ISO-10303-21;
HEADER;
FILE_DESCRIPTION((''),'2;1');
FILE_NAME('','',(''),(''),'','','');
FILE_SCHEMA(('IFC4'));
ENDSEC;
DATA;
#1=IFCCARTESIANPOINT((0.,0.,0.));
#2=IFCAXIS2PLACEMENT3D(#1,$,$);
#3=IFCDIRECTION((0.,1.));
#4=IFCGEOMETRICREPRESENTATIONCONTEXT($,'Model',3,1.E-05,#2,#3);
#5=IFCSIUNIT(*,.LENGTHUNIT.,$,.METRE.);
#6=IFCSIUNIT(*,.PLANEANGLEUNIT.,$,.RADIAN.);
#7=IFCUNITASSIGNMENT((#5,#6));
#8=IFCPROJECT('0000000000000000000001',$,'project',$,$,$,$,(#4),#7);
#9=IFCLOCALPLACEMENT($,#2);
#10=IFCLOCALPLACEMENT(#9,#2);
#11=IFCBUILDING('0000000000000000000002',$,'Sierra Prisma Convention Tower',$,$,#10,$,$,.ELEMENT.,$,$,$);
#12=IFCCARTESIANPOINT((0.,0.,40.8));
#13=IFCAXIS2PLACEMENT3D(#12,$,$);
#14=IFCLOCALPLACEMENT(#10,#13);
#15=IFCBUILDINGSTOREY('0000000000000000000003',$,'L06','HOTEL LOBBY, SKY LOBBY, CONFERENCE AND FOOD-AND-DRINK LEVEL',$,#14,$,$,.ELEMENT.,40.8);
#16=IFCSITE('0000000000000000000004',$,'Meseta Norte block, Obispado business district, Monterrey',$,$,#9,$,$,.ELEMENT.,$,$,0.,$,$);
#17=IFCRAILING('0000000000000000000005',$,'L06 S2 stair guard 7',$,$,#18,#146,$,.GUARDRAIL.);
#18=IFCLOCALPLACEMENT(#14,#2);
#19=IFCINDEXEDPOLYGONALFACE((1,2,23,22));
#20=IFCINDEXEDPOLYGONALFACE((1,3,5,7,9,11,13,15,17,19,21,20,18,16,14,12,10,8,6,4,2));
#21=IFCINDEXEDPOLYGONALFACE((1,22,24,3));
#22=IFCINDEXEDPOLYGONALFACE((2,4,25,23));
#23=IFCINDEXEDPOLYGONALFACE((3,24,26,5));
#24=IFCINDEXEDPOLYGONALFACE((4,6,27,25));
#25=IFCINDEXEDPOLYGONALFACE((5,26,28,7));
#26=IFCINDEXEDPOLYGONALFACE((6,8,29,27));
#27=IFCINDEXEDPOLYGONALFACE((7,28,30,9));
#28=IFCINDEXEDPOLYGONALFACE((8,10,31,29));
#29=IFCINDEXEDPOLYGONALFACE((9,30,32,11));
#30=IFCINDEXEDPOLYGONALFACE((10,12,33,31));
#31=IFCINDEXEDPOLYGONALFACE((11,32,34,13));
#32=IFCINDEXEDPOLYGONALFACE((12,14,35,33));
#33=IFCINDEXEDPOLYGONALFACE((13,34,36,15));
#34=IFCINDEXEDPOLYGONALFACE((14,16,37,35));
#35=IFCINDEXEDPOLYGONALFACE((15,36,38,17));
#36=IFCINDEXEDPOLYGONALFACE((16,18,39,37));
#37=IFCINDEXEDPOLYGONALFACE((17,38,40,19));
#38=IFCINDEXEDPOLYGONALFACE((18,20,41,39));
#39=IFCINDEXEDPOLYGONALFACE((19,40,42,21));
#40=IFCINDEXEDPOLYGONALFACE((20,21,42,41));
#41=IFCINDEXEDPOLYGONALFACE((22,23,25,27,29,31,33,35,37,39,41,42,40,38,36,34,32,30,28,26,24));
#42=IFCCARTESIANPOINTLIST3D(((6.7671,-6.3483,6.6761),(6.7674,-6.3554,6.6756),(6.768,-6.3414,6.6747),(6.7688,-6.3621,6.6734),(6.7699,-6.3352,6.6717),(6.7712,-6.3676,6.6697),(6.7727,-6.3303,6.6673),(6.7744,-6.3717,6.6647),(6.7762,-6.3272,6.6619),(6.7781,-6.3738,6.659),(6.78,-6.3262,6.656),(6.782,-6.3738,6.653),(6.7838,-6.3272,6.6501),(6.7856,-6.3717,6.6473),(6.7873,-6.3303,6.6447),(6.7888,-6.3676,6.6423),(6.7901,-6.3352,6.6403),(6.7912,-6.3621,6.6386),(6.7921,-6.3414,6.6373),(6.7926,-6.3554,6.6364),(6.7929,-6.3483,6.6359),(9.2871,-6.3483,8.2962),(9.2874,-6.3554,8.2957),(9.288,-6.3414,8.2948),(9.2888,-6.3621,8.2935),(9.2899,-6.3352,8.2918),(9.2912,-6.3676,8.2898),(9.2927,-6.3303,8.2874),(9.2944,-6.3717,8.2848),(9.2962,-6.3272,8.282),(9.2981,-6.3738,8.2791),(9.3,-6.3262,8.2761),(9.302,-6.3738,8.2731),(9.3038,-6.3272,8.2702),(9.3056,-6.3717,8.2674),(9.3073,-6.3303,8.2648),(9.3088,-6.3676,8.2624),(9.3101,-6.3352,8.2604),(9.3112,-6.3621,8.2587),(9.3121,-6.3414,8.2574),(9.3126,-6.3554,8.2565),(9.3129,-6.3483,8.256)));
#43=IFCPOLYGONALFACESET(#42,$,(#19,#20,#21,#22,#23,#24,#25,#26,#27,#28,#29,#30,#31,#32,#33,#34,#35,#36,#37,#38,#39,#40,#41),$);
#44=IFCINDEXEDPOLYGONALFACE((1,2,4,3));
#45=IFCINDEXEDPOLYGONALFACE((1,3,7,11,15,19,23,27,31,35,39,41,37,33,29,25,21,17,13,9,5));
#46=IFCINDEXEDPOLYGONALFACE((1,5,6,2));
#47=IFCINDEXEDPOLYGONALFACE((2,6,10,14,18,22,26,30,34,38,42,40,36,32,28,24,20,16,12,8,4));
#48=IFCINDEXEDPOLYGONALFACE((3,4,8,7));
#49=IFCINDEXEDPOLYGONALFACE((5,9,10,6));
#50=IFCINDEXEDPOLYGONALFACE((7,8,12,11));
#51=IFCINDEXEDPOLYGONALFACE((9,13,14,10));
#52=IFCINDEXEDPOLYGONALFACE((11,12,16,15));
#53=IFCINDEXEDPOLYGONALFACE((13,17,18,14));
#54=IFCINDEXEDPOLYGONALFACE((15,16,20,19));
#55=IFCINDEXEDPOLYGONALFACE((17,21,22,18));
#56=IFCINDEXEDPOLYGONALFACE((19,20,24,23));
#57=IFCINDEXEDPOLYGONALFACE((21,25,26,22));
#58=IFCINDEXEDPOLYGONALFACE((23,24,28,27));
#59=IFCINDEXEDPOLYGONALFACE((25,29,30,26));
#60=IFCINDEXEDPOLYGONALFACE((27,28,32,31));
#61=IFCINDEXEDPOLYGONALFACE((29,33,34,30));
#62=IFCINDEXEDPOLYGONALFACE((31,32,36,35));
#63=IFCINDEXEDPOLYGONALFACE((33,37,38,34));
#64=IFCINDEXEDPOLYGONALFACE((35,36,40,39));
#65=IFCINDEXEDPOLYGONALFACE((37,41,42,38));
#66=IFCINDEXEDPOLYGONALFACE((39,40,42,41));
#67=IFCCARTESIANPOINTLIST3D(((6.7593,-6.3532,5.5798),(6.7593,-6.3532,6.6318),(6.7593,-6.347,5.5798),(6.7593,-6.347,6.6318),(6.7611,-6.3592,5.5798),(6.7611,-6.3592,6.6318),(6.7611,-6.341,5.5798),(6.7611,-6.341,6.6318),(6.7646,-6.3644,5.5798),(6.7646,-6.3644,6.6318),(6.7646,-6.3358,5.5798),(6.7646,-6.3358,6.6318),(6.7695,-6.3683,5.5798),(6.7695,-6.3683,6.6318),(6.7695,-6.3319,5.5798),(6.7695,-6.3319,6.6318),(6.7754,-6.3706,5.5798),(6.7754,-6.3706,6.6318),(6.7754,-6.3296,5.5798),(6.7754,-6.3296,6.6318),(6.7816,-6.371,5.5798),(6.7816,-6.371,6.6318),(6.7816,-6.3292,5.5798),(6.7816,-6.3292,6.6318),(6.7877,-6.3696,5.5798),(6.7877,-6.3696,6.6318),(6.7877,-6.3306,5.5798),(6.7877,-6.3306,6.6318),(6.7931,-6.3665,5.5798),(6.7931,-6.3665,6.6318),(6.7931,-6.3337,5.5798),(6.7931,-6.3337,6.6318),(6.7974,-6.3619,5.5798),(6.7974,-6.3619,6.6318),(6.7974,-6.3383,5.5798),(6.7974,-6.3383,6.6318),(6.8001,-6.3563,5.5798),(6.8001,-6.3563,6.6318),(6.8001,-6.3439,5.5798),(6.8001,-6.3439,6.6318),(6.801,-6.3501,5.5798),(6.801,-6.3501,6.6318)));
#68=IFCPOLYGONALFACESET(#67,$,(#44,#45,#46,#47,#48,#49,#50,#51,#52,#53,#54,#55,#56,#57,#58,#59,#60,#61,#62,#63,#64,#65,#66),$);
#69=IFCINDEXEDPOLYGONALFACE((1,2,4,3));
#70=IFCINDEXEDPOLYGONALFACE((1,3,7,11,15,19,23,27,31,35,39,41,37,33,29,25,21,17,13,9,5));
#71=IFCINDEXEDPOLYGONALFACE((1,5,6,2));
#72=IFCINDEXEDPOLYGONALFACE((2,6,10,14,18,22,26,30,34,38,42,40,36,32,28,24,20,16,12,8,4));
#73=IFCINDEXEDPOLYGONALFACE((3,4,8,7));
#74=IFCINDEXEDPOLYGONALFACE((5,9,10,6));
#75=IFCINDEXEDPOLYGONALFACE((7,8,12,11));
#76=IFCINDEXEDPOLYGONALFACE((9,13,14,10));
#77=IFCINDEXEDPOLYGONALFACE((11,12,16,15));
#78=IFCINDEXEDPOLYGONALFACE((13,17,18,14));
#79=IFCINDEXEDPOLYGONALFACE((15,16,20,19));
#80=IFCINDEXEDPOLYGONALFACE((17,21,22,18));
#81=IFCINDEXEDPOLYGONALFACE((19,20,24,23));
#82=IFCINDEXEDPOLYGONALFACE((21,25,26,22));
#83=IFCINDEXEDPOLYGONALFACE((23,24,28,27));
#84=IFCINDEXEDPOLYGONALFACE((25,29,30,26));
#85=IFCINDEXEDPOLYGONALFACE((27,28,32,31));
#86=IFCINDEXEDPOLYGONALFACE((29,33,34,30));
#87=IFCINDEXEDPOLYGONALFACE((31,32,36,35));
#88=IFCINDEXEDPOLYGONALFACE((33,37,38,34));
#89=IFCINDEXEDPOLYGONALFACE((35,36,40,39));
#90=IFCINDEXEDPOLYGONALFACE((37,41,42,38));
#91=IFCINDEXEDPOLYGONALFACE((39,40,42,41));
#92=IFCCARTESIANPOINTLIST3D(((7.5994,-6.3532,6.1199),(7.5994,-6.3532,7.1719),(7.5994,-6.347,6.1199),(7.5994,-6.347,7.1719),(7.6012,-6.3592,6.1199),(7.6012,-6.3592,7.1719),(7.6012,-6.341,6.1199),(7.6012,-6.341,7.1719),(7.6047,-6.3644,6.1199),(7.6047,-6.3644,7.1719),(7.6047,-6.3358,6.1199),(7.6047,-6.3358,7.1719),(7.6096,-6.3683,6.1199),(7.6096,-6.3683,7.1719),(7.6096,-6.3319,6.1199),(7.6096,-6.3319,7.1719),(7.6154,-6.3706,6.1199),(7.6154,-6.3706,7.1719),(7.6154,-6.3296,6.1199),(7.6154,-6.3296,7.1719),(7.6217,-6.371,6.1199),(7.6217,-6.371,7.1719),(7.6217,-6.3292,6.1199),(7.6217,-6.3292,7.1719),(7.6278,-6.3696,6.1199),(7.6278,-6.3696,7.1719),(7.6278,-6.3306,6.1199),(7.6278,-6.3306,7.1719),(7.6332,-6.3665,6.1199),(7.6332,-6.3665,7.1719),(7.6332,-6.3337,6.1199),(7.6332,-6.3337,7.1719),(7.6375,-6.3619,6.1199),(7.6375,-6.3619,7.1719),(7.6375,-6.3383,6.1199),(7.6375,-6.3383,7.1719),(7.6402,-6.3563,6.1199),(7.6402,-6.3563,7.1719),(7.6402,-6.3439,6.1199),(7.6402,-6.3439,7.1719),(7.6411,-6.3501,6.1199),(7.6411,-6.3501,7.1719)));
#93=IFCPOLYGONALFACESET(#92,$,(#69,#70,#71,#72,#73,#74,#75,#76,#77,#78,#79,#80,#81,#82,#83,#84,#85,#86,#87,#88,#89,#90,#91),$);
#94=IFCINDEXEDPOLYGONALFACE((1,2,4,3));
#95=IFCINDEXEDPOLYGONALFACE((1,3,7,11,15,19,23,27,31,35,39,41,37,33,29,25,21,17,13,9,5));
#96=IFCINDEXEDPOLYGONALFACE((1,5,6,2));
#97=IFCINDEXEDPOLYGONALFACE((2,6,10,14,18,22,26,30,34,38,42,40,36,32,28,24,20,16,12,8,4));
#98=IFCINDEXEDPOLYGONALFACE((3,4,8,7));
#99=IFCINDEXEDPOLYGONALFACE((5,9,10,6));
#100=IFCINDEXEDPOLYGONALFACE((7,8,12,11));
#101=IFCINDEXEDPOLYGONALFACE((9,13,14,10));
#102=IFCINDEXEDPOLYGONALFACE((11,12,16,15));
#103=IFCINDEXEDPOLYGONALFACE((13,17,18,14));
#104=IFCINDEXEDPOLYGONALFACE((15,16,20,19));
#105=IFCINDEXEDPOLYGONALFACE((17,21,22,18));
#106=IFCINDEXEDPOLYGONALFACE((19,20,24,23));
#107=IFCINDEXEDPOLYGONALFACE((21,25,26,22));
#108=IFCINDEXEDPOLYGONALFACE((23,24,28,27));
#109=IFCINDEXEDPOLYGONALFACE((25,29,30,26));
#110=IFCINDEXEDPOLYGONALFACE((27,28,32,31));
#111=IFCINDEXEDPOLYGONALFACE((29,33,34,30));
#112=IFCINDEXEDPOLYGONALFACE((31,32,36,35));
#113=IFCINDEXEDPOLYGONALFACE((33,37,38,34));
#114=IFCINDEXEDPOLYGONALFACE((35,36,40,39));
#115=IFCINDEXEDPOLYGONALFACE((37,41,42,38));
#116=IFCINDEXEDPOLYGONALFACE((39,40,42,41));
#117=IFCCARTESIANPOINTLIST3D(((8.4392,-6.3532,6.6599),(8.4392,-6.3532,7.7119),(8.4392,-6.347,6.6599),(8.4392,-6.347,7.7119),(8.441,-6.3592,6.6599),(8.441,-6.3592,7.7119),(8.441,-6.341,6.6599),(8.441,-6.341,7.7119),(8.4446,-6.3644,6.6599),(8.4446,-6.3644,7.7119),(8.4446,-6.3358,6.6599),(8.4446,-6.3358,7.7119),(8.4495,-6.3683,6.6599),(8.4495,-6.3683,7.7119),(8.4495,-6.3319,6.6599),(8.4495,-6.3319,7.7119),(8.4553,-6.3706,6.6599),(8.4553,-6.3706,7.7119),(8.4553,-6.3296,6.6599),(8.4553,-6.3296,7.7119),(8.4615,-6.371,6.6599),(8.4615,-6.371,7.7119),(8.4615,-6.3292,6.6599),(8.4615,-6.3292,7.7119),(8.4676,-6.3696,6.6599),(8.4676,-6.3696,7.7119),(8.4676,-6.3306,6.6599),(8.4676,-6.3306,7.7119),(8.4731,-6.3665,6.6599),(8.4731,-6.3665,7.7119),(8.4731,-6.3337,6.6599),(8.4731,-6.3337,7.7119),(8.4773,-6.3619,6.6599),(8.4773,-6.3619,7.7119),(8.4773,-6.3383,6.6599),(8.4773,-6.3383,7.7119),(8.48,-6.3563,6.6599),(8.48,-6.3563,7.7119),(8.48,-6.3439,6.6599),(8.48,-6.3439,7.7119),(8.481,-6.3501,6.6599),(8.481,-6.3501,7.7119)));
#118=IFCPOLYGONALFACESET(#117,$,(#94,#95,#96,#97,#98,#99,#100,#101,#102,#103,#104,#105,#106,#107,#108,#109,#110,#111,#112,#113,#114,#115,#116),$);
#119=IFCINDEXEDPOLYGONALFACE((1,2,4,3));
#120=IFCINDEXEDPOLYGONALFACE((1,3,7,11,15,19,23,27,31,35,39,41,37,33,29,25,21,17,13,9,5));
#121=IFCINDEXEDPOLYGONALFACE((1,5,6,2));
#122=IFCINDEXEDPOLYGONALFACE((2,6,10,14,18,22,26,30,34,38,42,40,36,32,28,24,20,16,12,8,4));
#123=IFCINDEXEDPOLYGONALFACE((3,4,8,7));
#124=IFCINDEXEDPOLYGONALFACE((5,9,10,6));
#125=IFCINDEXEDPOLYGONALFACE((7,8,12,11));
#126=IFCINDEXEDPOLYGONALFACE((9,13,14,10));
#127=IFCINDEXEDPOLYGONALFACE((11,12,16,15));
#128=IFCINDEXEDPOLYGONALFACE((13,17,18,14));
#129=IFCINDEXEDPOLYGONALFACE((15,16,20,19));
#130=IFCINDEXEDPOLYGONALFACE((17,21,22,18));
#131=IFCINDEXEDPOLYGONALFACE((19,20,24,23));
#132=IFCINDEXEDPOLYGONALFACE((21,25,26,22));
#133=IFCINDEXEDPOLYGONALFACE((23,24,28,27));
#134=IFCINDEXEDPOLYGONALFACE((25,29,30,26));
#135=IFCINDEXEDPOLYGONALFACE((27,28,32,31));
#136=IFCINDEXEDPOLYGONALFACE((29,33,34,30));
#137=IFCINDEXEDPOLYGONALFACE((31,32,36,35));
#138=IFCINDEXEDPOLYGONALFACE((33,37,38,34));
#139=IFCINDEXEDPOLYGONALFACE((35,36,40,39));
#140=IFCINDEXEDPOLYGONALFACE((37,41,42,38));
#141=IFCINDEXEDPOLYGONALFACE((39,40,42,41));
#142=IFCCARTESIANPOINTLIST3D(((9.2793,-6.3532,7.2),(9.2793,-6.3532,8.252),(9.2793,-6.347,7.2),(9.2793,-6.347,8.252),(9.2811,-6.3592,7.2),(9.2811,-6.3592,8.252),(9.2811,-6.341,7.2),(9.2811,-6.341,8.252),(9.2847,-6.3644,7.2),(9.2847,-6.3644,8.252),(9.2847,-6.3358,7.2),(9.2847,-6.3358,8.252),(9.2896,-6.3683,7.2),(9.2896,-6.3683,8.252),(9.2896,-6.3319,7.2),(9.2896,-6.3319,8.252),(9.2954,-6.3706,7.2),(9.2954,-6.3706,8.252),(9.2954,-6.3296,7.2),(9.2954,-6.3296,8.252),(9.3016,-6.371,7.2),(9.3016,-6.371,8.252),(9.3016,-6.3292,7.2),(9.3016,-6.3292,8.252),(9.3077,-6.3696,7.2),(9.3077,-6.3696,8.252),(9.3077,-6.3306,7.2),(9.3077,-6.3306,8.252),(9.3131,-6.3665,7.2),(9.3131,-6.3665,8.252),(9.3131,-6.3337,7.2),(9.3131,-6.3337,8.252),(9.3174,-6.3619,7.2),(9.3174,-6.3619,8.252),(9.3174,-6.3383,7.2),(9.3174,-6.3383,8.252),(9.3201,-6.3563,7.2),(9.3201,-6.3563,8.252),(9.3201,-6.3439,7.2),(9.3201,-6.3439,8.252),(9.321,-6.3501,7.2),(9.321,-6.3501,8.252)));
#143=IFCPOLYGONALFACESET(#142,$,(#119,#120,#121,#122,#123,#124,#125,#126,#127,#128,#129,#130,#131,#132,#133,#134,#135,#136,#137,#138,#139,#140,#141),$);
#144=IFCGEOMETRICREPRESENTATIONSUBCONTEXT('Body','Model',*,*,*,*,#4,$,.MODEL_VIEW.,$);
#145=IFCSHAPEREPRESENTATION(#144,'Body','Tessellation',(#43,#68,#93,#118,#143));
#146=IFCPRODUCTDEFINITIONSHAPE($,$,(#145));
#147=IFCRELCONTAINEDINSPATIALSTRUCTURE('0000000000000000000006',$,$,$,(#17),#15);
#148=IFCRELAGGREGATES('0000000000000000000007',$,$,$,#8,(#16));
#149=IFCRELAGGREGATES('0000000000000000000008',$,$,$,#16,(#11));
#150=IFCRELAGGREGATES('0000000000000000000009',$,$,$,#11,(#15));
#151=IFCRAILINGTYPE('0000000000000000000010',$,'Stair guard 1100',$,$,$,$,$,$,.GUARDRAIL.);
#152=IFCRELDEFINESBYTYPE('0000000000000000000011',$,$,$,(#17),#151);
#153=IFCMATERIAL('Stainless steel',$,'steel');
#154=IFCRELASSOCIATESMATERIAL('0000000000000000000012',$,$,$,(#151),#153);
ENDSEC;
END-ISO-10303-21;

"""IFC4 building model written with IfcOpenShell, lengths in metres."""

from ifc_helpers import new_model, si_unit, direction, frame, origin, origin_2d, place, context, subcontext, project, spatial, circle, extrude, material, type_object, element, save


model = new_model("IFC4")

# Units and contexts
model_context = context("Model", 3, precision=1e-05, world=origin(), true_north=direction((0.0, 1.0)))
body_context = subcontext(model_context, "Body", "Model", "MODEL_VIEW")
ifc_project = project(units=[si_unit("LENGTHUNIT", "METRE"), si_unit("PLANEANGLEUNIT", "RADIAN")], contexts=[model_context])

# Site, building, storey
site_placement = place(None, origin())
site = spatial("IfcSite", under=ifc_project, at=site_placement, Name="Meseta Norte block, Obispado business district, Monterrey", CompositionType="ELEMENT", RefElevation=0.0)
building_placement = place(site_placement, origin())
building = spatial("IfcBuilding", under=site, at=building_placement, Name="Sierra Prisma Convention Tower", CompositionType="ELEMENT")
storey_placement = place(building_placement, frame((0.0, 0.0, 40.8)))
storey = spatial("IfcBuildingStorey", under=building, at=storey_placement, Name="L06", Description="HOTEL LOBBY, SKY LOBBY, CONFERENCE AND FOOD-AND-DRINK LEVEL", CompositionType="ELEMENT", Elevation=40.8)

# Railing
ifc_material_1 = material(Name="Stainless steel", Category="steel")
railing_type_1 = type_object("IfcRailingType", Name="Stair guard 1100", PredefinedType="GUARDRAIL", material=ifc_material_1)
railing_1_placement = place(storey_placement, frame((6.78, -6.3501, 5.5798)))
element("IfcRailing", 1, at=railing_1_placement, inside=storey, type_object=railing_type_1, Name="L06 S2 stair guard 7", PredefinedType="GUARDRAIL", context=body_context, shape_type="SweptSolid", body=[
    extrude(circle(Radius=0.0239, at=origin_2d()), frame((0.0, 0.0, 1.0762), z_axis=(0.841163, 0.0, 0.540782), x_axis=(0.0, 1.0, 0.0)), (0.0, 0.0, 1.0), 2.9958),
    extrude(circle(Radius=0.021, at=origin_2d()), origin(), (0.0, 0.0, 1.0), 1.052),
    extrude(circle(Radius=0.021, at=origin_2d()), frame((0.8401, 0.0, 0.54)), (0.0, 0.0, 1.0), 1.052),
    extrude(circle(Radius=0.021, at=origin_2d()), frame((1.6799, 0.0, 1.0801)), (0.0, 0.0, 1.0), 1.052),
    extrude(circle(Radius=0.021, at=origin_2d()), frame((2.52, 0.0, 1.6201)), (0.0, 0.0, 1.0), 1.052),
])

save(model, "model.ifc")
